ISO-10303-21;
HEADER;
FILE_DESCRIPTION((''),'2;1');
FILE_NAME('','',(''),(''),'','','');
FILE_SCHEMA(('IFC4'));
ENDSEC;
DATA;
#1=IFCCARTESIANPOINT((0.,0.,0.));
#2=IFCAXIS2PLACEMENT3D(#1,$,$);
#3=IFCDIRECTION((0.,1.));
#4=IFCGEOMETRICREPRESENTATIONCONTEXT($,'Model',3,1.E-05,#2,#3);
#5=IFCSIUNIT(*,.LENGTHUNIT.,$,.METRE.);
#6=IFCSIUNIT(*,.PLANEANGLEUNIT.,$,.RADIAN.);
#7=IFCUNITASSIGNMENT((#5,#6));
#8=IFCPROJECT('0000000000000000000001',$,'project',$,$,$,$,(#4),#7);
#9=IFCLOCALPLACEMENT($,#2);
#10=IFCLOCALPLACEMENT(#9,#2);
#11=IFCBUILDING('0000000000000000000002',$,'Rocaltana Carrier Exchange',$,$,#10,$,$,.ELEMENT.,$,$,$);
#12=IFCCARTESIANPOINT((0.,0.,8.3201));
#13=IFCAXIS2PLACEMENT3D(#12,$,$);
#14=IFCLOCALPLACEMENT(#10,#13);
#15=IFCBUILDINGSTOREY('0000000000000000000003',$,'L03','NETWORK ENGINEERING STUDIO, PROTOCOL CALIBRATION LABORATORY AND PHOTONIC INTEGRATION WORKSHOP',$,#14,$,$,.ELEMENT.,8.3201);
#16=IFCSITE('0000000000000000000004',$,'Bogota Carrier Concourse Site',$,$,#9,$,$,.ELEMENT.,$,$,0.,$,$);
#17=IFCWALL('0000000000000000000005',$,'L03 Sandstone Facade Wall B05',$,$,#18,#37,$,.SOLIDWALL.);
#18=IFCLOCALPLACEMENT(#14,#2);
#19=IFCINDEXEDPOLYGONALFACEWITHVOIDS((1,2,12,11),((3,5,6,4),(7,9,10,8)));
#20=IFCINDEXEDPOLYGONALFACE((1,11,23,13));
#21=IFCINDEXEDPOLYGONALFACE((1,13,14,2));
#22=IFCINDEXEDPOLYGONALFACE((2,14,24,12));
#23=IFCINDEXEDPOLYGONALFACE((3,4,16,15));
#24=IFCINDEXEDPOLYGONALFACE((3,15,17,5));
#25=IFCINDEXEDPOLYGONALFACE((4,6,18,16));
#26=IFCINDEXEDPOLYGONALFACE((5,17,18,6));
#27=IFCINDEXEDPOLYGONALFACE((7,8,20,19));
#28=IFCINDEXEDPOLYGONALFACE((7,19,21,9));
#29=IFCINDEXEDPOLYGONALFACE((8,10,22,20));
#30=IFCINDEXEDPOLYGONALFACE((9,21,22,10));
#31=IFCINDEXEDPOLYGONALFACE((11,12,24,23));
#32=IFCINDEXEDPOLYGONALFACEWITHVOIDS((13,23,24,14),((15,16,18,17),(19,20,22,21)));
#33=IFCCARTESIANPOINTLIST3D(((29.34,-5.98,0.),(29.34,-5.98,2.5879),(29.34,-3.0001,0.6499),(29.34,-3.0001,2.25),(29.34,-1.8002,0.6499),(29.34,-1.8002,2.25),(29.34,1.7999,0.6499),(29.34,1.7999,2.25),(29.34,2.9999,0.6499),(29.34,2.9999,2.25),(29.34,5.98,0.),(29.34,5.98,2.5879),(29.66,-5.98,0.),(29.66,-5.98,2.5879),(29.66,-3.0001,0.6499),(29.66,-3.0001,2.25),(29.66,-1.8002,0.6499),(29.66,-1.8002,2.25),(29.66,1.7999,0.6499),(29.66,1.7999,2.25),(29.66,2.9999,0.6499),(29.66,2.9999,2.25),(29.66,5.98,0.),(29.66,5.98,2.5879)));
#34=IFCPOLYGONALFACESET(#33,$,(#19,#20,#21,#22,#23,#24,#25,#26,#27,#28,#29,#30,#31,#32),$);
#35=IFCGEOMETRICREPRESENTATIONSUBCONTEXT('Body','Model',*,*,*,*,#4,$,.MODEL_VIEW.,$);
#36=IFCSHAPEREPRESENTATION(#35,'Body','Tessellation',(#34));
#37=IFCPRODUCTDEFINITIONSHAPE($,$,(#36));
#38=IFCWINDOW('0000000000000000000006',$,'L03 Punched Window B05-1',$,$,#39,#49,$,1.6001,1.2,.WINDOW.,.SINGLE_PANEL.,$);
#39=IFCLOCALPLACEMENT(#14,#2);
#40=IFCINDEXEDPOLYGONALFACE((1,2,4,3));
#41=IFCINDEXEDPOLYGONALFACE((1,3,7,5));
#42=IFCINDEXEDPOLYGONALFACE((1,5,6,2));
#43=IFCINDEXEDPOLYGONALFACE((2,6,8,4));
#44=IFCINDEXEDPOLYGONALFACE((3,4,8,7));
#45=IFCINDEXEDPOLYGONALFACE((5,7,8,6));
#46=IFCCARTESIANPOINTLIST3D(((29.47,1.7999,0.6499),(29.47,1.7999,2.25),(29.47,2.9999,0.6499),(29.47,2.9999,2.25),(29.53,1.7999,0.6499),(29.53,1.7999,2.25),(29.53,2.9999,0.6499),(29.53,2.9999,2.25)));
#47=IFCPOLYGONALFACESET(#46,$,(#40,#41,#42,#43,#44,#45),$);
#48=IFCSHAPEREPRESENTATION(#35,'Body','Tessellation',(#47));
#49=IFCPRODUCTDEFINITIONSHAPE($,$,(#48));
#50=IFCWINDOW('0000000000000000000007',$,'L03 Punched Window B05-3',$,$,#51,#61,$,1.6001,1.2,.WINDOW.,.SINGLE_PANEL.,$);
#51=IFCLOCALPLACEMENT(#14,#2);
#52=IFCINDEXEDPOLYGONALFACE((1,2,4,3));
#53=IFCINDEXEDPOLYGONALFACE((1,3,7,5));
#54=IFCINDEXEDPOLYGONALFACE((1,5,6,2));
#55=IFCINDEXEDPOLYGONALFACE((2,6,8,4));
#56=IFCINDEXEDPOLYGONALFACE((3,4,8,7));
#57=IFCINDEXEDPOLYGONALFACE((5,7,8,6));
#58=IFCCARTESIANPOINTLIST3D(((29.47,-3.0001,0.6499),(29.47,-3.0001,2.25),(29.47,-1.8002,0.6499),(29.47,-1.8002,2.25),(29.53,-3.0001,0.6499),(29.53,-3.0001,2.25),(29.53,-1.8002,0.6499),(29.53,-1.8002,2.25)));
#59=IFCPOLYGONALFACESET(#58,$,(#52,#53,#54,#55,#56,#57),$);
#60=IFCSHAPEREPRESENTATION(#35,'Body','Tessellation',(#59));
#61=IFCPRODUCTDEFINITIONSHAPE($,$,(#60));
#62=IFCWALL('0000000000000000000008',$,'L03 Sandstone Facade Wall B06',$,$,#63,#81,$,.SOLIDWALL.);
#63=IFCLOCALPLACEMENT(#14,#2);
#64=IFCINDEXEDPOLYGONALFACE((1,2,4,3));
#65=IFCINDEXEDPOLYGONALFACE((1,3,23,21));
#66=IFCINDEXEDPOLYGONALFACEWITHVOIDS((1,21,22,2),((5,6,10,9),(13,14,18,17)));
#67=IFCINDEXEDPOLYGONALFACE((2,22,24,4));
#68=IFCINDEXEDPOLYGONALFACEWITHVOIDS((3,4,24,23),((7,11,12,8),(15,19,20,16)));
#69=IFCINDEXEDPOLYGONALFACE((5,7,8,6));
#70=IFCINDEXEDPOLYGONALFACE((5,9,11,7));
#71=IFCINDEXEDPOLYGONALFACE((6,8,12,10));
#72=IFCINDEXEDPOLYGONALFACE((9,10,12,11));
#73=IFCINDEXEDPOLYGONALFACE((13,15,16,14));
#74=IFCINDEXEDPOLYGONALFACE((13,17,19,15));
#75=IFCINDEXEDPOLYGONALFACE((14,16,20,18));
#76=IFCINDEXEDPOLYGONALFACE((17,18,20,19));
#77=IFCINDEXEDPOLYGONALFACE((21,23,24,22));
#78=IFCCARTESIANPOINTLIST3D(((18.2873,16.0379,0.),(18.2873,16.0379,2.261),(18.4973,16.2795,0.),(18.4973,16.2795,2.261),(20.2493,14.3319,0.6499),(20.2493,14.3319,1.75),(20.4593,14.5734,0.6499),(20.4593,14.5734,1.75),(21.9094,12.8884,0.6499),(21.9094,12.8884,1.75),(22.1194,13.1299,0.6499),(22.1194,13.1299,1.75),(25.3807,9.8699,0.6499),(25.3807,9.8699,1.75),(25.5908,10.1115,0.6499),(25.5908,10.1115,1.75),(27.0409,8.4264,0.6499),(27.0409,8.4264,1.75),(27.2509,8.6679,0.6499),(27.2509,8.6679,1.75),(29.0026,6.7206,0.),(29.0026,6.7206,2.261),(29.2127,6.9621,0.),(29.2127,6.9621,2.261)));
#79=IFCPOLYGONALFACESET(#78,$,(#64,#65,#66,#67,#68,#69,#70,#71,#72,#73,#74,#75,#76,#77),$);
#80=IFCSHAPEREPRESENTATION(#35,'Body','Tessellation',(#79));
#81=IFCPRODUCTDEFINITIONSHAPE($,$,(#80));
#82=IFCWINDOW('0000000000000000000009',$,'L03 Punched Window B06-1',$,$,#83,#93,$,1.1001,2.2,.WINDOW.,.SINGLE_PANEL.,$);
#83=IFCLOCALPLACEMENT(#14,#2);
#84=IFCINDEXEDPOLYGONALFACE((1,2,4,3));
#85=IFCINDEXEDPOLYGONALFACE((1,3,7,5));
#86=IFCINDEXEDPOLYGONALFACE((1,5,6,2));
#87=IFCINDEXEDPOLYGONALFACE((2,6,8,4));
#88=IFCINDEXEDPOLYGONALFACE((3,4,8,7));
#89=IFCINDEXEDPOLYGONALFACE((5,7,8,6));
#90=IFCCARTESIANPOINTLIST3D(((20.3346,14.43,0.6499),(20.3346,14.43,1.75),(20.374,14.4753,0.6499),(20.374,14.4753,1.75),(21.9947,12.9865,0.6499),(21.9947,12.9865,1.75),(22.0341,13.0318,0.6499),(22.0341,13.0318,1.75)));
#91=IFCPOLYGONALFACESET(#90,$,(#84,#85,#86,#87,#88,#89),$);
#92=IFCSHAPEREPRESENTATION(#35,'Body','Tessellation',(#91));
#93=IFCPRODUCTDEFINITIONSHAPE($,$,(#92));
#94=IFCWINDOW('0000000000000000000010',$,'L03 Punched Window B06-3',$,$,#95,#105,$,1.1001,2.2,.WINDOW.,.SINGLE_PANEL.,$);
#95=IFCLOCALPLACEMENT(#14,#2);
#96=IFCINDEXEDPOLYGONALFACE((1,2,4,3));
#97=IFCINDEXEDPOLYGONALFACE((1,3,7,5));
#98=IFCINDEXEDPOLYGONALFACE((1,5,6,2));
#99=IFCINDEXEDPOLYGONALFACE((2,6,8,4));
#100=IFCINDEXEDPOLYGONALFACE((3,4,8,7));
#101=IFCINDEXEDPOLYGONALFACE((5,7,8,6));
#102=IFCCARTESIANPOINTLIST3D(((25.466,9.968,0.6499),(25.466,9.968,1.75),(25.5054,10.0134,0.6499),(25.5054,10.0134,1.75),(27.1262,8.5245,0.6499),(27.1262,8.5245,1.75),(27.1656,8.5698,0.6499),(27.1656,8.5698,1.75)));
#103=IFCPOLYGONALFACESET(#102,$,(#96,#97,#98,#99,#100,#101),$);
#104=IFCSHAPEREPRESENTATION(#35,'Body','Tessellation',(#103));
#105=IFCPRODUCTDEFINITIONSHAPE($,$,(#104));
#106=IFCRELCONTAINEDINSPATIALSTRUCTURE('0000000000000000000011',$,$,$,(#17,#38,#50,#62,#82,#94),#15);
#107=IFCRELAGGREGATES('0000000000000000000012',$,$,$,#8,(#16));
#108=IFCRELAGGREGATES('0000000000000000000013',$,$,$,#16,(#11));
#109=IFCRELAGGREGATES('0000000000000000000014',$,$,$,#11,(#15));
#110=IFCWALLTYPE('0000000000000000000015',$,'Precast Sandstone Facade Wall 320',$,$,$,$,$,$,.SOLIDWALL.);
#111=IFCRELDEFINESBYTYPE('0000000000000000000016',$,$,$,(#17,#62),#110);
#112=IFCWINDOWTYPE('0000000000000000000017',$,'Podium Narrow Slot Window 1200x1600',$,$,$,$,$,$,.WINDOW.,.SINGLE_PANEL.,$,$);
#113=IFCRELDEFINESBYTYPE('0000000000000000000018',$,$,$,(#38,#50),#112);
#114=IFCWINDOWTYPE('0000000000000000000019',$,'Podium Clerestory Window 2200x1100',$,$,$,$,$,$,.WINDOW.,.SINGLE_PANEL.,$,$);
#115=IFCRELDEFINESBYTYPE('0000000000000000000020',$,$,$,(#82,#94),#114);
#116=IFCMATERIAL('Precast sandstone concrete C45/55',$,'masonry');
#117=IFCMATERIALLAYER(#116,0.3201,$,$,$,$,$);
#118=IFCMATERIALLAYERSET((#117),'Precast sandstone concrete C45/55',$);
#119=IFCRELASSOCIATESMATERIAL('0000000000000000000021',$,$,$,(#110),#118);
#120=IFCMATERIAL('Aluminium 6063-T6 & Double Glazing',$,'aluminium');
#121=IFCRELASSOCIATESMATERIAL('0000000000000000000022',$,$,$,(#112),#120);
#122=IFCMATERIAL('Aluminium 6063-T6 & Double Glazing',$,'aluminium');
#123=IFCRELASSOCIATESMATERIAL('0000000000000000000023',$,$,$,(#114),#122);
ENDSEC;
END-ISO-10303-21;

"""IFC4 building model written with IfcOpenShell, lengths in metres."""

from ifc_helpers import new_model, si_unit, direction, frame, frame_2d, origin, place, context, subcontext, project, spatial, rectangle, extrude, material, layer, layer_set, type_object, element, fill, save


model = new_model("IFC4")

# Units and contexts
model_context = context("Model", 3, precision=1e-05, world=origin(), true_north=direction((0.0, 1.0)))
body_context = subcontext(model_context, "Body", "Model", "MODEL_VIEW")
ifc_project = project(units=[si_unit("LENGTHUNIT", "METRE"), si_unit("PLANEANGLEUNIT", "RADIAN")], contexts=[model_context])

# Site, building, storey
site_placement = place(None, origin())
site = spatial("IfcSite", under=ifc_project, at=site_placement, Name="Bogota Carrier Concourse Site", CompositionType="ELEMENT", RefElevation=0.0)
building_placement = place(site_placement, origin())
building = spatial("IfcBuilding", under=site, at=building_placement, Name="Rocaltana Carrier Exchange", CompositionType="ELEMENT")
storey_placement = place(building_placement, frame((0.0, 0.0, 8.3201)))
storey = spatial("IfcBuildingStorey", under=building, at=storey_placement, Name="L03", Description="NETWORK ENGINEERING STUDIO, PROTOCOL CALIBRATION LABORATORY AND PHOTONIC INTEGRATION WORKSHOP", CompositionType="ELEMENT", Elevation=8.3201)

# Walls, openings, windows
ifc_material_1 = material(Name="Precast sandstone concrete C45/55", Category="masonry")
ifc_layer_1 = layer(ifc_material_1, 0.3201)
ifc_layer_set_1 = layer_set([ifc_layer_1], Name="Precast sandstone concrete C45/55")
wall_type_1 = type_object("IfcWallType", Name="Precast Sandstone Facade Wall 320", PredefinedType="SOLIDWALL", material=ifc_layer_set_1)
wall_1_placement = place(storey_placement, frame((29.5, 5.98, 0.0), z_axis=(0.0, 0.0, 1.0), x_axis=(0.0, -1.0, 0.0)))
wall_1 = element("IfcWall", 1, at=wall_1_placement, inside=storey, type_object=wall_type_1, Name="L03 Sandstone Facade Wall B05", PredefinedType="SOLIDWALL", context=body_context, shape_type="SweptSolid", body=[
    extrude(rectangle(XDim=11.96, YDim=0.3201, at=frame_2d((5.98, 0.0))), origin(), (0.0, 0.0, 1.0), 2.5879),
])
opening_1_placement = place(wall_1_placement, frame((2.98, 0.0, 0.6499)))
opening_1 = element("IfcOpeningElement", 2, at=opening_1_placement, cuts=wall_1, PredefinedType="OPENING", context=body_context, shape_type="SweptSolid", body=[
    extrude(rectangle(XDim=1.2, YDim=1.6001, at=frame_2d((0.6001, 0.8))), frame((0.0, 0.1699, 0.0), z_axis=(0.0, -1.0, 0.0), x_axis=(1.0, 0.0, 0.0)), (0.0, 0.0, 1.0), 0.3401),
])
opening_2_placement = place(wall_1_placement, frame((7.78, 0.0, 0.6499)))
opening_2 = element("IfcOpeningElement", 3, at=opening_2_placement, cuts=wall_1, PredefinedType="OPENING", context=body_context, shape_type="SweptSolid", body=[
    extrude(rectangle(XDim=1.2, YDim=1.6001, at=frame_2d((0.6001, 0.8))), frame((0.0, 0.1699, 0.0), z_axis=(0.0, -1.0, 0.0), x_axis=(1.0, 0.0, 0.0)), (0.0, 0.0, 1.0), 0.3401),
])
ifc_material_2 = material(Name="Aluminium 6063-T6 & Double Glazing", Category="aluminium")
window_type_1 = type_object("IfcWindowType", Name="Podium Narrow Slot Window 1200x1600", PartitioningType="SINGLE_PANEL", PredefinedType="WINDOW", material=ifc_material_2)
window_1_placement = place(opening_1_placement, origin())
window_1 = element("IfcWindow", 4, at=window_1_placement, inside=storey, type_object=window_type_1, Name="L03 Punched Window B05-1", OverallHeight=1.6001, OverallWidth=1.2, PartitioningType="SINGLE_PANEL", PredefinedType="WINDOW", context=body_context, shape_type="SweptSolid", body=[
    extrude(rectangle(XDim=1.2, YDim=1.6001, at=frame_2d((0.6001, 0.8))), frame((0.0, 0.03, 0.0), z_axis=(0.0, -1.0, 0.0), x_axis=(1.0, 0.0, 0.0)), (0.0, 0.0, 1.0), 0.0601),
])
fill(opening_1, window_1)
window_2_placement = place(opening_2_placement, origin())
window_2 = element("IfcWindow", 5, at=window_2_placement, inside=storey, type_object=window_type_1, Name="L03 Punched Window B05-3", OverallHeight=1.6001, OverallWidth=1.2, PartitioningType="SINGLE_PANEL", PredefinedType="WINDOW", context=body_context, shape_type="SweptSolid", body=[
    extrude(rectangle(XDim=1.2, YDim=1.6001, at=frame_2d((0.6001, 0.8))), frame((0.0, 0.03, 0.0), z_axis=(0.0, -1.0, 0.0), x_axis=(1.0, 0.0, 0.0)), (0.0, 0.0, 1.0), 0.0601),
])
fill(opening_2, window_2)
wall_2_placement = place(storey_placement, frame((18.3923, 16.1587, 0.0), z_axis=(0.0, 0.0, 1.0), x_axis=(0.754616, -0.656167, 0.0)))
wall_2 = element("IfcWall", 6, at=wall_2_placement, inside=storey, type_object=wall_type_1, Name="L03 Sandstone Facade Wall B06", PredefinedType="SOLIDWALL", context=body_context, shape_type="SweptSolid", body=[
    extrude(rectangle(XDim=14.1997, YDim=0.3201, at=frame_2d((7.0999, 0.0))), origin(), (0.0, 0.0, 1.0), 2.261),
])
opening_3_placement = place(wall_2_placement, frame((2.5999, 0.0, 0.6499)))
opening_3 = element("IfcOpeningElement", 7, at=opening_3_placement, cuts=wall_2, PredefinedType="OPENING", context=body_context, shape_type="SweptSolid", body=[
    extrude(rectangle(XDim=2.2, YDim=1.1001, at=frame_2d((1.1001, 0.55))), frame((0.0, 0.1699, 0.0), z_axis=(0.0, -1.0, 0.0), x_axis=(1.0, 0.0, 0.0)), (0.0, 0.0, 1.0), 0.3401),
])
opening_4_placement = place(wall_2_placement, frame((9.3999, 0.0, 0.6499)))
opening_4 = element("IfcOpeningElement", 8, at=opening_4_placement, cuts=wall_2, PredefinedType="OPENING", context=body_context, shape_type="SweptSolid", body=[
    extrude(rectangle(XDim=2.2, YDim=1.1001, at=frame_2d((1.1001, 0.55))), frame((0.0, 0.1699, 0.0), z_axis=(0.0, -1.0, 0.0), x_axis=(1.0, 0.0, 0.0)), (0.0, 0.0, 1.0), 0.3401),
])
ifc_material_3 = material(Name="Aluminium 6063-T6 & Double Glazing", Category="aluminium")
window_type_2 = type_object("IfcWindowType", Name="Podium Clerestory Window 2200x1100", PartitioningType="SINGLE_PANEL", PredefinedType="WINDOW", material=ifc_material_3)
window_3_placement = place(opening_3_placement, origin())
window_3 = element("IfcWindow", 9, at=window_3_placement, inside=storey, type_object=window_type_2, Name="L03 Punched Window B06-1", OverallHeight=1.1001, OverallWidth=2.2, PartitioningType="SINGLE_PANEL", PredefinedType="WINDOW", context=body_context, shape_type="SweptSolid", body=[
    extrude(rectangle(XDim=2.2, YDim=1.1001, at=frame_2d((1.1001, 0.55))), frame((0.0, 0.03, 0.0), z_axis=(0.0, -1.0, 0.0), x_axis=(1.0, 0.0, 0.0)), (0.0, 0.0, 1.0), 0.0601),
])
fill(opening_3, window_3)
window_4_placement = place(opening_4_placement, origin())
window_4 = element("IfcWindow", 10, at=window_4_placement, inside=storey, type_object=window_type_2, Name="L03 Punched Window B06-3", OverallHeight=1.1001, OverallWidth=2.2, PartitioningType="SINGLE_PANEL", PredefinedType="WINDOW", context=body_context, shape_type="SweptSolid", body=[
    extrude(rectangle(XDim=2.2, YDim=1.1001, at=frame_2d((1.1001, 0.55))), frame((0.0, 0.03, 0.0), z_axis=(0.0, -1.0, 0.0), x_axis=(1.0, 0.0, 0.0)), (0.0, 0.0, 1.0), 0.0601),
])
fill(opening_4, window_4)

save(model, "model.ifc")
